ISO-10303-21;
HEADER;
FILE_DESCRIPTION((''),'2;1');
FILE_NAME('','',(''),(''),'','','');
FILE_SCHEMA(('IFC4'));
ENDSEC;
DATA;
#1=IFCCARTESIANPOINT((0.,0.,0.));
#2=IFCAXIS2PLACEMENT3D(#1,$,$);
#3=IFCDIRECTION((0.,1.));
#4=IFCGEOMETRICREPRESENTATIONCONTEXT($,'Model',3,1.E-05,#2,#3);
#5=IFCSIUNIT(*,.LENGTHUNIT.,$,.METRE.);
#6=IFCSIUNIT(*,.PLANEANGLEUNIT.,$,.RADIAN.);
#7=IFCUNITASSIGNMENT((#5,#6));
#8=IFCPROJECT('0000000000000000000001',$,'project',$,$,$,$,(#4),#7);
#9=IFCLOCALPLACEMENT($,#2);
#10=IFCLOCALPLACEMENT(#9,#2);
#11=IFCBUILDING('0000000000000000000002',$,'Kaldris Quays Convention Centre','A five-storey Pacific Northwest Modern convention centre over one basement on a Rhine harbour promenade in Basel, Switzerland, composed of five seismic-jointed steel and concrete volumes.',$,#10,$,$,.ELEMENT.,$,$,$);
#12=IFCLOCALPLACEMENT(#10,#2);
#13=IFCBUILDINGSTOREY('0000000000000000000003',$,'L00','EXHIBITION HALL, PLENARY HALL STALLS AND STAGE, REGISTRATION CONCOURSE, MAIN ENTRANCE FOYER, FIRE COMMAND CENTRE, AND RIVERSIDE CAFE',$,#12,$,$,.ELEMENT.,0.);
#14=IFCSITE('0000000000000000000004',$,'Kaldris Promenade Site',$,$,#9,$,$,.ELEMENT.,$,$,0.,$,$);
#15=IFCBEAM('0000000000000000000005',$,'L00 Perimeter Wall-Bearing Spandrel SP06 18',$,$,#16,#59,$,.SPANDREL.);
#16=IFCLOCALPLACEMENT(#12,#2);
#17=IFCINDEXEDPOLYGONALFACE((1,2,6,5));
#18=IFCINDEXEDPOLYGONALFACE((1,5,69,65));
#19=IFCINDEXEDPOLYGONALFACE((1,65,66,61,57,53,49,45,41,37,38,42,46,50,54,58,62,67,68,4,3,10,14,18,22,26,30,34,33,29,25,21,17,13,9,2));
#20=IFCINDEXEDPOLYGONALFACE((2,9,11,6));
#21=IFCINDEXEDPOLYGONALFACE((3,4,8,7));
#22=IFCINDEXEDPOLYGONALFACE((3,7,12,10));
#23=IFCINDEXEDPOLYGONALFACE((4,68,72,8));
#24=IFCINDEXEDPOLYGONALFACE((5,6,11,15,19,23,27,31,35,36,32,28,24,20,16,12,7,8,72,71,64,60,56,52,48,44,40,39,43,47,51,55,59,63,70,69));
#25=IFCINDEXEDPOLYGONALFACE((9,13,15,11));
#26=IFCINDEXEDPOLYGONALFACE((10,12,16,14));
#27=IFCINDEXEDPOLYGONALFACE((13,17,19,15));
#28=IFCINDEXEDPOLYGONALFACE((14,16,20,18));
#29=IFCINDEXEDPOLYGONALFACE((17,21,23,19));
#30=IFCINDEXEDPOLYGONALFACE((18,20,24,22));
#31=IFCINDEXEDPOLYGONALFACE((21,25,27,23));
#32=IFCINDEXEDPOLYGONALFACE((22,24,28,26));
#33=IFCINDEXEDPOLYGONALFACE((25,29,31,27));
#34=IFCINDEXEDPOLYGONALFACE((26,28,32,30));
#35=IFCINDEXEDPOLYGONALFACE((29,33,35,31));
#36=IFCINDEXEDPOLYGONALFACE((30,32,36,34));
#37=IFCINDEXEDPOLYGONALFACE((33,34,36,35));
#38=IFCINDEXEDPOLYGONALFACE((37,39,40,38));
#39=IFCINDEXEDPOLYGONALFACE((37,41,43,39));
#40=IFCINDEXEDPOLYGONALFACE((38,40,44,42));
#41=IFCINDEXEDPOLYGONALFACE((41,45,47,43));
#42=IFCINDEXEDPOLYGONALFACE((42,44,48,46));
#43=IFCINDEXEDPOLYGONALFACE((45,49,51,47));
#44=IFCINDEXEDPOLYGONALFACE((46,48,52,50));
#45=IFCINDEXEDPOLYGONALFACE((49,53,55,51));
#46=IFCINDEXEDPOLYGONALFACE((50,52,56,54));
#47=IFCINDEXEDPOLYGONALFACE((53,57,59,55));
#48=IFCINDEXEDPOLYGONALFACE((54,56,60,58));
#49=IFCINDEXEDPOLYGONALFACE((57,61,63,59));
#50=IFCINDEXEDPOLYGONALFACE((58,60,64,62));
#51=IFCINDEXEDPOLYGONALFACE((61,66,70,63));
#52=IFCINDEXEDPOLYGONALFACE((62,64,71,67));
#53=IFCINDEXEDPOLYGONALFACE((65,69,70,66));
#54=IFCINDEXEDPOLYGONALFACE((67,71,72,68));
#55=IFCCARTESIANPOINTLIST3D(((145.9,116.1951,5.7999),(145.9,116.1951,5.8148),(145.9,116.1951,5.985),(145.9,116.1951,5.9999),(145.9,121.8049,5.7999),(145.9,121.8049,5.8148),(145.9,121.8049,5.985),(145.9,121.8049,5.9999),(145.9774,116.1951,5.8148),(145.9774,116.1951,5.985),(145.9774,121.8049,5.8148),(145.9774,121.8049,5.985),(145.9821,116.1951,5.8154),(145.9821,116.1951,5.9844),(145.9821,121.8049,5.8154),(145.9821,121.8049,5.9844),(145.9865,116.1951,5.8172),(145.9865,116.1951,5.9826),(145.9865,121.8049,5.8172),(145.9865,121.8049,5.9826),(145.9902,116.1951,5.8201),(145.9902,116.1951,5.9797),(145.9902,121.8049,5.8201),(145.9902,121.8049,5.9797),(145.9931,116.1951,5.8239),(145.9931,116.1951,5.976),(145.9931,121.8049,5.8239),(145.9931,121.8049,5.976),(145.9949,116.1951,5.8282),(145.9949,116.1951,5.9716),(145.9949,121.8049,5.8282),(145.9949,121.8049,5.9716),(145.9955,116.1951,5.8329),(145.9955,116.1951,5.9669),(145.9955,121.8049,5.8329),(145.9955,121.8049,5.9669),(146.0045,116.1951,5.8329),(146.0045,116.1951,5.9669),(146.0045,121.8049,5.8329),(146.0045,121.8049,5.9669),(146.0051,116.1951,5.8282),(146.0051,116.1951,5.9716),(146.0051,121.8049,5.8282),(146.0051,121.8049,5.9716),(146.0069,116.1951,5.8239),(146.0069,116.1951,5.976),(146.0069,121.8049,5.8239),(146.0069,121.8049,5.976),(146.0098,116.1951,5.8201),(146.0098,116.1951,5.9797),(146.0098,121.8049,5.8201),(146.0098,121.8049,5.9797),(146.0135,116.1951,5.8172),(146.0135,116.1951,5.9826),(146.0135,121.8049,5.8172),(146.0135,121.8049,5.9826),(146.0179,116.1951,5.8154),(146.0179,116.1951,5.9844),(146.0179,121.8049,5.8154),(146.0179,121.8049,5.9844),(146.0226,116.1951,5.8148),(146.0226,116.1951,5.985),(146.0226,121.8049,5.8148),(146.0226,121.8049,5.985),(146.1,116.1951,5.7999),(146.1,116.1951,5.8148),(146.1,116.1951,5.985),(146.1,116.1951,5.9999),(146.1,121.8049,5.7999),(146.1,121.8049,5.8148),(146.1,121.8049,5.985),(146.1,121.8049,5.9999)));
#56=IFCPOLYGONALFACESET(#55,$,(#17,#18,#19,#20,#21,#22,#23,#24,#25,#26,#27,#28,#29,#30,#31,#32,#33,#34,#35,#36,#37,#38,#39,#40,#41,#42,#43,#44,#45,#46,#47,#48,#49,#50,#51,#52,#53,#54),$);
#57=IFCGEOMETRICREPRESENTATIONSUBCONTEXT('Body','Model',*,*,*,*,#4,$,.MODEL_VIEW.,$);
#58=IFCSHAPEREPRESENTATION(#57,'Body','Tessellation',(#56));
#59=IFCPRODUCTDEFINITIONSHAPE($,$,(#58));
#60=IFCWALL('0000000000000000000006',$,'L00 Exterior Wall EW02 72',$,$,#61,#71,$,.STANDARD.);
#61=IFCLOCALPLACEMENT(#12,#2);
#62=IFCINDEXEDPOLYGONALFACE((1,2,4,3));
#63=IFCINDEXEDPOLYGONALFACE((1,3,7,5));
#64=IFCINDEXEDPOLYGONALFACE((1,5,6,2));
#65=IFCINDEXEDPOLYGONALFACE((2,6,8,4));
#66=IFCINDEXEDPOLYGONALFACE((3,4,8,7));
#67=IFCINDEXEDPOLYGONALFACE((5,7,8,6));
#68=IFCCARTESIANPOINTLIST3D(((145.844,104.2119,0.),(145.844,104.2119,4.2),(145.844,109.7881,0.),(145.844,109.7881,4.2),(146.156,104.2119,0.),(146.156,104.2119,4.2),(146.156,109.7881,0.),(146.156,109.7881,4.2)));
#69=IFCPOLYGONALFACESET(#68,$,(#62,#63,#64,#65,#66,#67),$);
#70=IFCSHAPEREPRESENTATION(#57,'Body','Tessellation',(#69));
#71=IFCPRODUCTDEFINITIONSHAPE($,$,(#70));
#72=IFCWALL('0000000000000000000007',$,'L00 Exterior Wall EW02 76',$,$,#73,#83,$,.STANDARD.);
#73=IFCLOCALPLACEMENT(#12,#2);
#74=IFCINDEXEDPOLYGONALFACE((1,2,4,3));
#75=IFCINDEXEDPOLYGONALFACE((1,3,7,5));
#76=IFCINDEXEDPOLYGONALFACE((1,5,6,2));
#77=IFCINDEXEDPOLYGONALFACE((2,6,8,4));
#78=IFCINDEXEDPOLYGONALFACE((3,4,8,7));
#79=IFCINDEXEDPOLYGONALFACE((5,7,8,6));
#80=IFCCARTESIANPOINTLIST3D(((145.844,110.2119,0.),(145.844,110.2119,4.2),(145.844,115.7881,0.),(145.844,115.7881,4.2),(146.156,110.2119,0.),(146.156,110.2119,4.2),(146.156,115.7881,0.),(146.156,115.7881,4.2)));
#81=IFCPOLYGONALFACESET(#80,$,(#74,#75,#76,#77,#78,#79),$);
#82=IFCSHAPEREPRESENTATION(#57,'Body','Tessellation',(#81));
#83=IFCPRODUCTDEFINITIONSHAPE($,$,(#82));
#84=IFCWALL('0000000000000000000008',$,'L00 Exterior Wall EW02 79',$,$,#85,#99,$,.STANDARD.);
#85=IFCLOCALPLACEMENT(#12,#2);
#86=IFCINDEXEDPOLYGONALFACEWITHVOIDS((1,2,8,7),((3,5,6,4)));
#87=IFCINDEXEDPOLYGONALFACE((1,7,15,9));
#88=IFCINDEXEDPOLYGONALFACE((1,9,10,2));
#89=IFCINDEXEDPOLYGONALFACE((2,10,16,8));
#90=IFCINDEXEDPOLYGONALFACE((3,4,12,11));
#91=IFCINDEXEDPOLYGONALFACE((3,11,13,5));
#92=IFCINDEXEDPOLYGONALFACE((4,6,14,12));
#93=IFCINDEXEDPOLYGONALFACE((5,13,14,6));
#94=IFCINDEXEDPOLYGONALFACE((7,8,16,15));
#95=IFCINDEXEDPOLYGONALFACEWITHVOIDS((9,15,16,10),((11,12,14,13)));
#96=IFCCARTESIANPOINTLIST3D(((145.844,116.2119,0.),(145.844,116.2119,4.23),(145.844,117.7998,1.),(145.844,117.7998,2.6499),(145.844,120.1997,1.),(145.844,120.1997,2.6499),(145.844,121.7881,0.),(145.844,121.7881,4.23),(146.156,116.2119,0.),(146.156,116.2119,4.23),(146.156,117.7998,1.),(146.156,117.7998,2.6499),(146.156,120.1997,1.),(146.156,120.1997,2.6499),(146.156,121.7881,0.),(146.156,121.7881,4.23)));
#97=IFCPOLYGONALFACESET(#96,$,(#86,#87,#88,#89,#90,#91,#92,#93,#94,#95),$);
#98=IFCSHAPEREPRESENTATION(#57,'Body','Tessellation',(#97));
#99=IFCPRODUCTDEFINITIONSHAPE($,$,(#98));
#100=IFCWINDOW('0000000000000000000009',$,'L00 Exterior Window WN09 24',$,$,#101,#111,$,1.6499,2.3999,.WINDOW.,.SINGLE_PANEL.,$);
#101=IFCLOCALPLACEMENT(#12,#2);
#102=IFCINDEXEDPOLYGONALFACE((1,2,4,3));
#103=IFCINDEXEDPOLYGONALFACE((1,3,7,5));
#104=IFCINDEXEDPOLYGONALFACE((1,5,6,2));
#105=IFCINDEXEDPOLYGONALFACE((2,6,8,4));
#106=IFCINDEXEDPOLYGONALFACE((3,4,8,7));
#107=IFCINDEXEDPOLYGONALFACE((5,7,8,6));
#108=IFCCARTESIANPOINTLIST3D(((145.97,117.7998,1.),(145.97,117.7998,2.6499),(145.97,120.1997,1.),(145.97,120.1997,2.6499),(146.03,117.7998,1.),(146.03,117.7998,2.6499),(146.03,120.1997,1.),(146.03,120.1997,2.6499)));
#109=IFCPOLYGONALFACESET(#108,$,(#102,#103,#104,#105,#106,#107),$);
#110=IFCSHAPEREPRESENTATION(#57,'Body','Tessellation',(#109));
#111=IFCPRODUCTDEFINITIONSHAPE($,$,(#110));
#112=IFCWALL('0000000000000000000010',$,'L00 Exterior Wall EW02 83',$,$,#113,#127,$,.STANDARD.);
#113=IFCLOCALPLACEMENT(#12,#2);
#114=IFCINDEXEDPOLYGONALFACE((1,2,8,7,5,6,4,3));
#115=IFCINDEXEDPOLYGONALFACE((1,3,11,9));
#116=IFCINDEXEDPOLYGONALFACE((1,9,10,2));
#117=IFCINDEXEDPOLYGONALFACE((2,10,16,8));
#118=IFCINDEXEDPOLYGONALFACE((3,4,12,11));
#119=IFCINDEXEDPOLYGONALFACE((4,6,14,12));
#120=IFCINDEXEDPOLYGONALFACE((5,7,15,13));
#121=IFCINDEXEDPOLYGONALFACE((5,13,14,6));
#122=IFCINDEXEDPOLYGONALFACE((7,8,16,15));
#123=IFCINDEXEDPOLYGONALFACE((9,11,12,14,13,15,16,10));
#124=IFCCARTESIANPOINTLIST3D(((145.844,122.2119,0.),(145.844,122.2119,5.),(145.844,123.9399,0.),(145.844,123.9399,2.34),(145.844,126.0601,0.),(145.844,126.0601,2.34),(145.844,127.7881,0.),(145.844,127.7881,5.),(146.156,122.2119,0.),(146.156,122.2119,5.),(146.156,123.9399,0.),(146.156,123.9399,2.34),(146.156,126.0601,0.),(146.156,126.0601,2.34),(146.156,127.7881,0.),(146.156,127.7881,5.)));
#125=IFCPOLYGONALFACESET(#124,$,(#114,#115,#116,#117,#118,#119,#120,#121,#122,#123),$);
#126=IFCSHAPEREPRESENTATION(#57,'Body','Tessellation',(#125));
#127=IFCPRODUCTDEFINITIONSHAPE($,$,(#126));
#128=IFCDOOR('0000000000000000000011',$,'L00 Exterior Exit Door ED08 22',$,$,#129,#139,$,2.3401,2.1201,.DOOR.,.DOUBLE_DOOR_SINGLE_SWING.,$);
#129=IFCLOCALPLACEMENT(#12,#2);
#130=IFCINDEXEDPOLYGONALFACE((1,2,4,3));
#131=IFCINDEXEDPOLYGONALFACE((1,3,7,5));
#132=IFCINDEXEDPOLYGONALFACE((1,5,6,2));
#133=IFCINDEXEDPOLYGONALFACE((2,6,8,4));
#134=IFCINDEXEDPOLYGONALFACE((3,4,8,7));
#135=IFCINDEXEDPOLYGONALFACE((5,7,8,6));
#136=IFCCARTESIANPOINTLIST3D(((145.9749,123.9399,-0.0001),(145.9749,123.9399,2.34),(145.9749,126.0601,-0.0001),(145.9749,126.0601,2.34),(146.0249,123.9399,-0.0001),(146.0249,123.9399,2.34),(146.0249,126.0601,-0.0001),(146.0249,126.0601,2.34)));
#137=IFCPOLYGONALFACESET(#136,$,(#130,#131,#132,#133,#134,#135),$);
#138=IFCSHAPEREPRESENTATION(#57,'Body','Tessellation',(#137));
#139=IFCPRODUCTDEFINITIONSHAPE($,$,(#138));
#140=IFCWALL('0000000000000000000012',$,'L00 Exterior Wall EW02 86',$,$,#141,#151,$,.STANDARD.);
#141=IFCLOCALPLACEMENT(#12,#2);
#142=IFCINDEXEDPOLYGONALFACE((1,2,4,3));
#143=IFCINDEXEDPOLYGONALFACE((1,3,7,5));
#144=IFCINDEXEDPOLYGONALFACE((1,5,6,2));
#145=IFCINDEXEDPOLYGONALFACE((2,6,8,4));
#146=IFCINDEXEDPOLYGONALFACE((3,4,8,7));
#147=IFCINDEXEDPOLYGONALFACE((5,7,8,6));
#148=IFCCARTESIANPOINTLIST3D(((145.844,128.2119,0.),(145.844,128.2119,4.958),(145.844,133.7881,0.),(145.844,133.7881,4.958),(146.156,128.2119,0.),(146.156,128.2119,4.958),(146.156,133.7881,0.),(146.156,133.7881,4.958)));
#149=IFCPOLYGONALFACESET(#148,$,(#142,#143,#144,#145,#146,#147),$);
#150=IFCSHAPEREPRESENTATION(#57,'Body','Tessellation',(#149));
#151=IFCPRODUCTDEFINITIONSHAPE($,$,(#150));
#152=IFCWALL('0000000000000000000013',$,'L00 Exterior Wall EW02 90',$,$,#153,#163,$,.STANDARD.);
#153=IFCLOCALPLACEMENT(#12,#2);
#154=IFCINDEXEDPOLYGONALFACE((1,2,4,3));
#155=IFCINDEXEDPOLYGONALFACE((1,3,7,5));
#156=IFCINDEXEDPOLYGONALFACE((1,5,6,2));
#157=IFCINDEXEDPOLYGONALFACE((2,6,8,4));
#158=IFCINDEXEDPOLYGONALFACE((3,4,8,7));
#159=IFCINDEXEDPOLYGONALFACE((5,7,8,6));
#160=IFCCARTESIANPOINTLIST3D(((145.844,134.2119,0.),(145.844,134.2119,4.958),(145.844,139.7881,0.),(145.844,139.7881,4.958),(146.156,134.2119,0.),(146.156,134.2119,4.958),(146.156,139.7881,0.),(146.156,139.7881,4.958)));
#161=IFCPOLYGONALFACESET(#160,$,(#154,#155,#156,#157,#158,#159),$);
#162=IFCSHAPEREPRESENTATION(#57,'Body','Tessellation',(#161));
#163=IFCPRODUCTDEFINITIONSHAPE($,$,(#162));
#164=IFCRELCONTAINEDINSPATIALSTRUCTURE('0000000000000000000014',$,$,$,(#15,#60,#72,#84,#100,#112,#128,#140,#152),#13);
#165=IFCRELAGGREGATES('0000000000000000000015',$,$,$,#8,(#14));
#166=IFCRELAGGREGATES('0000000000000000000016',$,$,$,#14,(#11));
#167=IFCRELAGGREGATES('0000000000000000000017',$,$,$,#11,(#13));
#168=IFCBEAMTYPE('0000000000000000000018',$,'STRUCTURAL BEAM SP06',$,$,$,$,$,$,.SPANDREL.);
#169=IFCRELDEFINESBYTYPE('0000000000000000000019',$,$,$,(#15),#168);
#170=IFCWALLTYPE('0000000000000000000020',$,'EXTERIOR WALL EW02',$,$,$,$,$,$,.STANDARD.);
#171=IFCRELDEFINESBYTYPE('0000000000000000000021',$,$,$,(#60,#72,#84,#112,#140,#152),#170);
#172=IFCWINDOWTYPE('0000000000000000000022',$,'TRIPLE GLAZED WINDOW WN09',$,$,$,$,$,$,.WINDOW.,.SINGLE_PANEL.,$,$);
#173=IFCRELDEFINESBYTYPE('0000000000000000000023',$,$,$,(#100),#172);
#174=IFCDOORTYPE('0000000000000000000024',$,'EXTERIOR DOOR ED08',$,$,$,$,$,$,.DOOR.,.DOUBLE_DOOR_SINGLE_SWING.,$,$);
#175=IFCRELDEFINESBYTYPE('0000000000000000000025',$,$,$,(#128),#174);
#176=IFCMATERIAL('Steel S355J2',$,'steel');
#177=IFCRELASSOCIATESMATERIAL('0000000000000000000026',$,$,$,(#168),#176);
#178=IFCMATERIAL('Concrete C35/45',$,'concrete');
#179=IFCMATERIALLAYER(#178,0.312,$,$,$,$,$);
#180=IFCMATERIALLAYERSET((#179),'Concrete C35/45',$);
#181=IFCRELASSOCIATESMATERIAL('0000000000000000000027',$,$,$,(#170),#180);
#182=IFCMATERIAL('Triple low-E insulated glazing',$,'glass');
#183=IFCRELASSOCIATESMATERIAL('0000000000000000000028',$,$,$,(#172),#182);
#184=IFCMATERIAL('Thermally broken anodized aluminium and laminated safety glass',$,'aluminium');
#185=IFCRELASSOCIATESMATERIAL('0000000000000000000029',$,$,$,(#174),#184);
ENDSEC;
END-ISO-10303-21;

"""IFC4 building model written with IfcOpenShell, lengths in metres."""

from ifc_helpers import new_model, si_unit, direction, frame, frame_2d, origin, origin_2d, place, context, subcontext, project, spatial, rectangle, i_section, extrude, material, layer, layer_set, material_profile, profile_set, type_object, element, fill, save


model = new_model("IFC4")

# Units and contexts
model_context = context("Model", 3, precision=1e-05, world=origin(), true_north=direction((0.0, 1.0)))
body_context = subcontext(model_context, "Body", "Model", "MODEL_VIEW")
ifc_project = project(units=[si_unit("LENGTHUNIT", "METRE"), si_unit("PLANEANGLEUNIT", "RADIAN")], contexts=[model_context])

# Site, building, storey
site_placement = place(None, origin())
site = spatial("IfcSite", under=ifc_project, at=site_placement, Name="Kaldris Promenade Site", CompositionType="ELEMENT", RefElevation=0.0)
building_placement = place(site_placement, origin())
building = spatial("IfcBuilding", under=site, at=building_placement, Name="Kaldris Quays Convention Centre", Description="A five-storey Pacific Northwest Modern convention centre over one basement on a Rhine harbour promenade in Basel, Switzerland, composed of five seismic-jointed steel and concrete volumes.", CompositionType="ELEMENT")
storey_placement = place(building_placement, origin())
storey = spatial("IfcBuildingStorey", under=building, at=storey_placement, Name="L00", Description="EXHIBITION HALL, PLENARY HALL STALLS AND STAGE, REGISTRATION CONCOURSE, MAIN ENTRANCE FOYER, FIRE COMMAND CENTRE, AND RIVERSIDE CAFE", CompositionType="ELEMENT", Elevation=0.0)

# Shared definitions
ifc_material_1 = material(Name="Steel S355J2", Category="steel")

# Beam
ifc_material_profile_1 = material_profile(ifc_material_1, i_section(OverallWidth=0.2, OverallDepth=0.2, WebThickness=0.009, FlangeThickness=0.0149, FilletRadius=0.0181, at=origin_2d()), Name="HEB 200")
ifc_profile_set_1 = profile_set([ifc_material_profile_1], Name="Steel S355J2")
beam_type_1 = type_object("IfcBeamType", Name="STRUCTURAL BEAM SP06", PredefinedType="SPANDREL", material=ifc_profile_set_1)
beam_1_placement = place(storey_placement, frame((146.0, 116.1951, 5.8999), z_axis=(0.0, 1.0, 0.0), x_axis=(-1.0, 0.0, 0.0)))
element("IfcBeam", 1, at=beam_1_placement, inside=storey, type_object=beam_type_1, Name="L00 Perimeter Wall-Bearing Spandrel SP06 18", PredefinedType="SPANDREL", context=body_context, shape_type="SweptSolid", body=[
    extrude(i_section(OverallWidth=0.2, OverallDepth=0.2, WebThickness=0.009, FlangeThickness=0.0149, FilletRadius=0.0181, at=origin_2d()), origin(), (0.0, 0.0, 1.0), 5.6099),
])

# Walls
ifc_material_2 = material(Name="Concrete C35/45", Category="concrete")
ifc_layer_1 = layer(ifc_material_2, 0.312)
ifc_layer_set_1 = layer_set([ifc_layer_1], Name="Concrete C35/45")
wall_type_1 = type_object("IfcWallType", Name="EXTERIOR WALL EW02", PredefinedType="STANDARD", material=ifc_layer_set_1)
for number, where, z_axis, x_axis, name in (
    (2, (146.0, 104.2119, 0.0), (0.0, 0.0, 1.0), (0.0, 1.0, 0.0), "L00 Exterior Wall EW02 72"),
    (3, (146.0, 110.2119, 0.0), (0.0, 0.0, 1.0), (0.0, 1.0, 0.0), "L00 Exterior Wall EW02 76"),
):
    element("IfcWall", number, at=place(storey_placement, frame(where, z_axis=z_axis, x_axis=x_axis)), inside=storey, type_object=wall_type_1, Name=name, PredefinedType="STANDARD", context=body_context, shape_type="SweptSolid", body=[
        extrude(rectangle(XDim=5.5762, YDim=0.312, at=frame_2d((2.7881, 0.0))), origin(), (0.0, 0.0, 1.0), 4.2),
    ])

# Wall, opening, window
wall_1_placement = place(storey_placement, frame((146.0, 116.2119, 0.0), z_axis=(0.0, 0.0, 1.0), x_axis=(0.0, 1.0, 0.0)))
wall_1 = element("IfcWall", 4, at=wall_1_placement, inside=storey, type_object=wall_type_1, Name="L00 Exterior Wall EW02 79", PredefinedType="STANDARD", context=body_context, shape_type="SweptSolid", body=[
    extrude(rectangle(XDim=5.5762, YDim=0.312, at=frame_2d((2.7881, 0.0))), origin(), (0.0, 0.0, 1.0), 4.23),
])
opening_1_placement = place(wall_1_placement, frame((1.5879, 0.0, 1.0)))
opening_1 = element("IfcOpeningElement", 5, at=opening_1_placement, cuts=wall_1, PredefinedType="OPENING", context=body_context, shape_type="SweptSolid", body=[
    extrude(rectangle(XDim=2.3999, YDim=1.6499, at=frame_2d((1.2, 0.825))), frame((0.0, 0.166, 0.0), z_axis=(0.0, -1.0, 0.0), x_axis=(1.0, 0.0, 0.0)), (0.0, 0.0, 1.0), 0.332),
])
ifc_material_3 = material(Name="Triple low-E insulated glazing", Category="glass")
window_type_1 = type_object("IfcWindowType", Name="TRIPLE GLAZED WINDOW WN09", PartitioningType="SINGLE_PANEL", PredefinedType="WINDOW", material=ifc_material_3)
window_1_placement = place(opening_1_placement, origin())
window_1 = element("IfcWindow", 6, at=window_1_placement, inside=storey, type_object=window_type_1, Name="L00 Exterior Window WN09 24", OverallHeight=1.6499, OverallWidth=2.3999, PartitioningType="SINGLE_PANEL", PredefinedType="WINDOW", context=body_context, shape_type="SweptSolid", body=[
    extrude(rectangle(XDim=2.3999, YDim=1.6499, at=frame_2d((1.2, 0.825))), frame((0.0, 0.03, 0.0), z_axis=(0.0, -1.0, 0.0), x_axis=(1.0, 0.0, 0.0)), (0.0, 0.0, 1.0), 0.0601),
])
fill(opening_1, window_1)

# Wall, opening, door
wall_2_placement = place(storey_placement, frame((146.0, 122.2119, 0.0), z_axis=(0.0, 0.0, 1.0), x_axis=(0.0, 1.0, 0.0)))
wall_2 = element("IfcWall", 7, at=wall_2_placement, inside=storey, type_object=wall_type_1, Name="L00 Exterior Wall EW02 83", PredefinedType="STANDARD", context=body_context, shape_type="SweptSolid", body=[
    extrude(rectangle(XDim=5.5762, YDim=0.312, at=frame_2d((2.7881, 0.0))), origin(), (0.0, 0.0, 1.0), 5.0),
])
opening_2_placement = place(wall_2_placement, frame((1.728, 0.0, 0.0)))
opening_2 = element("IfcOpeningElement", 8, at=opening_2_placement, cuts=wall_2, PredefinedType="OPENING", context=body_context, shape_type="SweptSolid", body=[
    extrude(rectangle(XDim=2.1201, YDim=2.3401, at=frame_2d((1.0601, 1.1699))), frame((0.0, 0.166, 0.0), z_axis=(0.0, -1.0, 0.0), x_axis=(1.0, 0.0, 0.0)), (0.0, 0.0, 1.0), 0.332),
])
ifc_material_4 = material(Name="Thermally broken anodized aluminium and laminated safety glass", Category="aluminium")
door_type = type_object("IfcDoorType", Name="EXTERIOR DOOR ED08", OperationType="DOUBLE_DOOR_SINGLE_SWING", PredefinedType="DOOR", material=ifc_material_4)
door_placement = place(opening_2_placement, frame((2.1201, 0.0, 0.0), z_axis=(0.0, 0.0, 1.0), x_axis=(-1.0, 0.0, 0.0)))
door = element("IfcDoor", 9, at=door_placement, inside=storey, type_object=door_type, Name="L00 Exterior Exit Door ED08 22", OperationType="DOUBLE_DOOR_SINGLE_SWING", OverallHeight=2.3401, OverallWidth=2.1201, PredefinedType="DOOR", context=body_context, shape_type="SweptSolid", body=[
    extrude(rectangle(XDim=2.1201, YDim=2.3401, at=frame_2d((1.0601, 1.1699))), frame((0.0, 0.0249, 0.0), z_axis=(0.0, -1.0, 0.0), x_axis=(1.0, 0.0, 0.0)), (0.0, 0.0, 1.0), 0.05),
])
fill(opening_2, door)

# Walls
for number, where, z_axis, x_axis, name in (
    (10, (146.0, 128.2119, 0.0), (0.0, 0.0, 1.0), (0.0, 1.0, 0.0), "L00 Exterior Wall EW02 86"),
    (11, (146.0, 134.2119, 0.0), (0.0, 0.0, 1.0), (0.0, 1.0, 0.0), "L00 Exterior Wall EW02 90"),
):
    element("IfcWall", number, at=place(storey_placement, frame(where, z_axis=z_axis, x_axis=x_axis)), inside=storey, type_object=wall_type_1, Name=name, PredefinedType="STANDARD", context=body_context, shape_type="SweptSolid", body=[
        extrude(rectangle(XDim=5.5762, YDim=0.312, at=frame_2d((2.7881, 0.0))), origin(), (0.0, 0.0, 1.0), 4.958),
    ])

save(model, "model.ifc")
